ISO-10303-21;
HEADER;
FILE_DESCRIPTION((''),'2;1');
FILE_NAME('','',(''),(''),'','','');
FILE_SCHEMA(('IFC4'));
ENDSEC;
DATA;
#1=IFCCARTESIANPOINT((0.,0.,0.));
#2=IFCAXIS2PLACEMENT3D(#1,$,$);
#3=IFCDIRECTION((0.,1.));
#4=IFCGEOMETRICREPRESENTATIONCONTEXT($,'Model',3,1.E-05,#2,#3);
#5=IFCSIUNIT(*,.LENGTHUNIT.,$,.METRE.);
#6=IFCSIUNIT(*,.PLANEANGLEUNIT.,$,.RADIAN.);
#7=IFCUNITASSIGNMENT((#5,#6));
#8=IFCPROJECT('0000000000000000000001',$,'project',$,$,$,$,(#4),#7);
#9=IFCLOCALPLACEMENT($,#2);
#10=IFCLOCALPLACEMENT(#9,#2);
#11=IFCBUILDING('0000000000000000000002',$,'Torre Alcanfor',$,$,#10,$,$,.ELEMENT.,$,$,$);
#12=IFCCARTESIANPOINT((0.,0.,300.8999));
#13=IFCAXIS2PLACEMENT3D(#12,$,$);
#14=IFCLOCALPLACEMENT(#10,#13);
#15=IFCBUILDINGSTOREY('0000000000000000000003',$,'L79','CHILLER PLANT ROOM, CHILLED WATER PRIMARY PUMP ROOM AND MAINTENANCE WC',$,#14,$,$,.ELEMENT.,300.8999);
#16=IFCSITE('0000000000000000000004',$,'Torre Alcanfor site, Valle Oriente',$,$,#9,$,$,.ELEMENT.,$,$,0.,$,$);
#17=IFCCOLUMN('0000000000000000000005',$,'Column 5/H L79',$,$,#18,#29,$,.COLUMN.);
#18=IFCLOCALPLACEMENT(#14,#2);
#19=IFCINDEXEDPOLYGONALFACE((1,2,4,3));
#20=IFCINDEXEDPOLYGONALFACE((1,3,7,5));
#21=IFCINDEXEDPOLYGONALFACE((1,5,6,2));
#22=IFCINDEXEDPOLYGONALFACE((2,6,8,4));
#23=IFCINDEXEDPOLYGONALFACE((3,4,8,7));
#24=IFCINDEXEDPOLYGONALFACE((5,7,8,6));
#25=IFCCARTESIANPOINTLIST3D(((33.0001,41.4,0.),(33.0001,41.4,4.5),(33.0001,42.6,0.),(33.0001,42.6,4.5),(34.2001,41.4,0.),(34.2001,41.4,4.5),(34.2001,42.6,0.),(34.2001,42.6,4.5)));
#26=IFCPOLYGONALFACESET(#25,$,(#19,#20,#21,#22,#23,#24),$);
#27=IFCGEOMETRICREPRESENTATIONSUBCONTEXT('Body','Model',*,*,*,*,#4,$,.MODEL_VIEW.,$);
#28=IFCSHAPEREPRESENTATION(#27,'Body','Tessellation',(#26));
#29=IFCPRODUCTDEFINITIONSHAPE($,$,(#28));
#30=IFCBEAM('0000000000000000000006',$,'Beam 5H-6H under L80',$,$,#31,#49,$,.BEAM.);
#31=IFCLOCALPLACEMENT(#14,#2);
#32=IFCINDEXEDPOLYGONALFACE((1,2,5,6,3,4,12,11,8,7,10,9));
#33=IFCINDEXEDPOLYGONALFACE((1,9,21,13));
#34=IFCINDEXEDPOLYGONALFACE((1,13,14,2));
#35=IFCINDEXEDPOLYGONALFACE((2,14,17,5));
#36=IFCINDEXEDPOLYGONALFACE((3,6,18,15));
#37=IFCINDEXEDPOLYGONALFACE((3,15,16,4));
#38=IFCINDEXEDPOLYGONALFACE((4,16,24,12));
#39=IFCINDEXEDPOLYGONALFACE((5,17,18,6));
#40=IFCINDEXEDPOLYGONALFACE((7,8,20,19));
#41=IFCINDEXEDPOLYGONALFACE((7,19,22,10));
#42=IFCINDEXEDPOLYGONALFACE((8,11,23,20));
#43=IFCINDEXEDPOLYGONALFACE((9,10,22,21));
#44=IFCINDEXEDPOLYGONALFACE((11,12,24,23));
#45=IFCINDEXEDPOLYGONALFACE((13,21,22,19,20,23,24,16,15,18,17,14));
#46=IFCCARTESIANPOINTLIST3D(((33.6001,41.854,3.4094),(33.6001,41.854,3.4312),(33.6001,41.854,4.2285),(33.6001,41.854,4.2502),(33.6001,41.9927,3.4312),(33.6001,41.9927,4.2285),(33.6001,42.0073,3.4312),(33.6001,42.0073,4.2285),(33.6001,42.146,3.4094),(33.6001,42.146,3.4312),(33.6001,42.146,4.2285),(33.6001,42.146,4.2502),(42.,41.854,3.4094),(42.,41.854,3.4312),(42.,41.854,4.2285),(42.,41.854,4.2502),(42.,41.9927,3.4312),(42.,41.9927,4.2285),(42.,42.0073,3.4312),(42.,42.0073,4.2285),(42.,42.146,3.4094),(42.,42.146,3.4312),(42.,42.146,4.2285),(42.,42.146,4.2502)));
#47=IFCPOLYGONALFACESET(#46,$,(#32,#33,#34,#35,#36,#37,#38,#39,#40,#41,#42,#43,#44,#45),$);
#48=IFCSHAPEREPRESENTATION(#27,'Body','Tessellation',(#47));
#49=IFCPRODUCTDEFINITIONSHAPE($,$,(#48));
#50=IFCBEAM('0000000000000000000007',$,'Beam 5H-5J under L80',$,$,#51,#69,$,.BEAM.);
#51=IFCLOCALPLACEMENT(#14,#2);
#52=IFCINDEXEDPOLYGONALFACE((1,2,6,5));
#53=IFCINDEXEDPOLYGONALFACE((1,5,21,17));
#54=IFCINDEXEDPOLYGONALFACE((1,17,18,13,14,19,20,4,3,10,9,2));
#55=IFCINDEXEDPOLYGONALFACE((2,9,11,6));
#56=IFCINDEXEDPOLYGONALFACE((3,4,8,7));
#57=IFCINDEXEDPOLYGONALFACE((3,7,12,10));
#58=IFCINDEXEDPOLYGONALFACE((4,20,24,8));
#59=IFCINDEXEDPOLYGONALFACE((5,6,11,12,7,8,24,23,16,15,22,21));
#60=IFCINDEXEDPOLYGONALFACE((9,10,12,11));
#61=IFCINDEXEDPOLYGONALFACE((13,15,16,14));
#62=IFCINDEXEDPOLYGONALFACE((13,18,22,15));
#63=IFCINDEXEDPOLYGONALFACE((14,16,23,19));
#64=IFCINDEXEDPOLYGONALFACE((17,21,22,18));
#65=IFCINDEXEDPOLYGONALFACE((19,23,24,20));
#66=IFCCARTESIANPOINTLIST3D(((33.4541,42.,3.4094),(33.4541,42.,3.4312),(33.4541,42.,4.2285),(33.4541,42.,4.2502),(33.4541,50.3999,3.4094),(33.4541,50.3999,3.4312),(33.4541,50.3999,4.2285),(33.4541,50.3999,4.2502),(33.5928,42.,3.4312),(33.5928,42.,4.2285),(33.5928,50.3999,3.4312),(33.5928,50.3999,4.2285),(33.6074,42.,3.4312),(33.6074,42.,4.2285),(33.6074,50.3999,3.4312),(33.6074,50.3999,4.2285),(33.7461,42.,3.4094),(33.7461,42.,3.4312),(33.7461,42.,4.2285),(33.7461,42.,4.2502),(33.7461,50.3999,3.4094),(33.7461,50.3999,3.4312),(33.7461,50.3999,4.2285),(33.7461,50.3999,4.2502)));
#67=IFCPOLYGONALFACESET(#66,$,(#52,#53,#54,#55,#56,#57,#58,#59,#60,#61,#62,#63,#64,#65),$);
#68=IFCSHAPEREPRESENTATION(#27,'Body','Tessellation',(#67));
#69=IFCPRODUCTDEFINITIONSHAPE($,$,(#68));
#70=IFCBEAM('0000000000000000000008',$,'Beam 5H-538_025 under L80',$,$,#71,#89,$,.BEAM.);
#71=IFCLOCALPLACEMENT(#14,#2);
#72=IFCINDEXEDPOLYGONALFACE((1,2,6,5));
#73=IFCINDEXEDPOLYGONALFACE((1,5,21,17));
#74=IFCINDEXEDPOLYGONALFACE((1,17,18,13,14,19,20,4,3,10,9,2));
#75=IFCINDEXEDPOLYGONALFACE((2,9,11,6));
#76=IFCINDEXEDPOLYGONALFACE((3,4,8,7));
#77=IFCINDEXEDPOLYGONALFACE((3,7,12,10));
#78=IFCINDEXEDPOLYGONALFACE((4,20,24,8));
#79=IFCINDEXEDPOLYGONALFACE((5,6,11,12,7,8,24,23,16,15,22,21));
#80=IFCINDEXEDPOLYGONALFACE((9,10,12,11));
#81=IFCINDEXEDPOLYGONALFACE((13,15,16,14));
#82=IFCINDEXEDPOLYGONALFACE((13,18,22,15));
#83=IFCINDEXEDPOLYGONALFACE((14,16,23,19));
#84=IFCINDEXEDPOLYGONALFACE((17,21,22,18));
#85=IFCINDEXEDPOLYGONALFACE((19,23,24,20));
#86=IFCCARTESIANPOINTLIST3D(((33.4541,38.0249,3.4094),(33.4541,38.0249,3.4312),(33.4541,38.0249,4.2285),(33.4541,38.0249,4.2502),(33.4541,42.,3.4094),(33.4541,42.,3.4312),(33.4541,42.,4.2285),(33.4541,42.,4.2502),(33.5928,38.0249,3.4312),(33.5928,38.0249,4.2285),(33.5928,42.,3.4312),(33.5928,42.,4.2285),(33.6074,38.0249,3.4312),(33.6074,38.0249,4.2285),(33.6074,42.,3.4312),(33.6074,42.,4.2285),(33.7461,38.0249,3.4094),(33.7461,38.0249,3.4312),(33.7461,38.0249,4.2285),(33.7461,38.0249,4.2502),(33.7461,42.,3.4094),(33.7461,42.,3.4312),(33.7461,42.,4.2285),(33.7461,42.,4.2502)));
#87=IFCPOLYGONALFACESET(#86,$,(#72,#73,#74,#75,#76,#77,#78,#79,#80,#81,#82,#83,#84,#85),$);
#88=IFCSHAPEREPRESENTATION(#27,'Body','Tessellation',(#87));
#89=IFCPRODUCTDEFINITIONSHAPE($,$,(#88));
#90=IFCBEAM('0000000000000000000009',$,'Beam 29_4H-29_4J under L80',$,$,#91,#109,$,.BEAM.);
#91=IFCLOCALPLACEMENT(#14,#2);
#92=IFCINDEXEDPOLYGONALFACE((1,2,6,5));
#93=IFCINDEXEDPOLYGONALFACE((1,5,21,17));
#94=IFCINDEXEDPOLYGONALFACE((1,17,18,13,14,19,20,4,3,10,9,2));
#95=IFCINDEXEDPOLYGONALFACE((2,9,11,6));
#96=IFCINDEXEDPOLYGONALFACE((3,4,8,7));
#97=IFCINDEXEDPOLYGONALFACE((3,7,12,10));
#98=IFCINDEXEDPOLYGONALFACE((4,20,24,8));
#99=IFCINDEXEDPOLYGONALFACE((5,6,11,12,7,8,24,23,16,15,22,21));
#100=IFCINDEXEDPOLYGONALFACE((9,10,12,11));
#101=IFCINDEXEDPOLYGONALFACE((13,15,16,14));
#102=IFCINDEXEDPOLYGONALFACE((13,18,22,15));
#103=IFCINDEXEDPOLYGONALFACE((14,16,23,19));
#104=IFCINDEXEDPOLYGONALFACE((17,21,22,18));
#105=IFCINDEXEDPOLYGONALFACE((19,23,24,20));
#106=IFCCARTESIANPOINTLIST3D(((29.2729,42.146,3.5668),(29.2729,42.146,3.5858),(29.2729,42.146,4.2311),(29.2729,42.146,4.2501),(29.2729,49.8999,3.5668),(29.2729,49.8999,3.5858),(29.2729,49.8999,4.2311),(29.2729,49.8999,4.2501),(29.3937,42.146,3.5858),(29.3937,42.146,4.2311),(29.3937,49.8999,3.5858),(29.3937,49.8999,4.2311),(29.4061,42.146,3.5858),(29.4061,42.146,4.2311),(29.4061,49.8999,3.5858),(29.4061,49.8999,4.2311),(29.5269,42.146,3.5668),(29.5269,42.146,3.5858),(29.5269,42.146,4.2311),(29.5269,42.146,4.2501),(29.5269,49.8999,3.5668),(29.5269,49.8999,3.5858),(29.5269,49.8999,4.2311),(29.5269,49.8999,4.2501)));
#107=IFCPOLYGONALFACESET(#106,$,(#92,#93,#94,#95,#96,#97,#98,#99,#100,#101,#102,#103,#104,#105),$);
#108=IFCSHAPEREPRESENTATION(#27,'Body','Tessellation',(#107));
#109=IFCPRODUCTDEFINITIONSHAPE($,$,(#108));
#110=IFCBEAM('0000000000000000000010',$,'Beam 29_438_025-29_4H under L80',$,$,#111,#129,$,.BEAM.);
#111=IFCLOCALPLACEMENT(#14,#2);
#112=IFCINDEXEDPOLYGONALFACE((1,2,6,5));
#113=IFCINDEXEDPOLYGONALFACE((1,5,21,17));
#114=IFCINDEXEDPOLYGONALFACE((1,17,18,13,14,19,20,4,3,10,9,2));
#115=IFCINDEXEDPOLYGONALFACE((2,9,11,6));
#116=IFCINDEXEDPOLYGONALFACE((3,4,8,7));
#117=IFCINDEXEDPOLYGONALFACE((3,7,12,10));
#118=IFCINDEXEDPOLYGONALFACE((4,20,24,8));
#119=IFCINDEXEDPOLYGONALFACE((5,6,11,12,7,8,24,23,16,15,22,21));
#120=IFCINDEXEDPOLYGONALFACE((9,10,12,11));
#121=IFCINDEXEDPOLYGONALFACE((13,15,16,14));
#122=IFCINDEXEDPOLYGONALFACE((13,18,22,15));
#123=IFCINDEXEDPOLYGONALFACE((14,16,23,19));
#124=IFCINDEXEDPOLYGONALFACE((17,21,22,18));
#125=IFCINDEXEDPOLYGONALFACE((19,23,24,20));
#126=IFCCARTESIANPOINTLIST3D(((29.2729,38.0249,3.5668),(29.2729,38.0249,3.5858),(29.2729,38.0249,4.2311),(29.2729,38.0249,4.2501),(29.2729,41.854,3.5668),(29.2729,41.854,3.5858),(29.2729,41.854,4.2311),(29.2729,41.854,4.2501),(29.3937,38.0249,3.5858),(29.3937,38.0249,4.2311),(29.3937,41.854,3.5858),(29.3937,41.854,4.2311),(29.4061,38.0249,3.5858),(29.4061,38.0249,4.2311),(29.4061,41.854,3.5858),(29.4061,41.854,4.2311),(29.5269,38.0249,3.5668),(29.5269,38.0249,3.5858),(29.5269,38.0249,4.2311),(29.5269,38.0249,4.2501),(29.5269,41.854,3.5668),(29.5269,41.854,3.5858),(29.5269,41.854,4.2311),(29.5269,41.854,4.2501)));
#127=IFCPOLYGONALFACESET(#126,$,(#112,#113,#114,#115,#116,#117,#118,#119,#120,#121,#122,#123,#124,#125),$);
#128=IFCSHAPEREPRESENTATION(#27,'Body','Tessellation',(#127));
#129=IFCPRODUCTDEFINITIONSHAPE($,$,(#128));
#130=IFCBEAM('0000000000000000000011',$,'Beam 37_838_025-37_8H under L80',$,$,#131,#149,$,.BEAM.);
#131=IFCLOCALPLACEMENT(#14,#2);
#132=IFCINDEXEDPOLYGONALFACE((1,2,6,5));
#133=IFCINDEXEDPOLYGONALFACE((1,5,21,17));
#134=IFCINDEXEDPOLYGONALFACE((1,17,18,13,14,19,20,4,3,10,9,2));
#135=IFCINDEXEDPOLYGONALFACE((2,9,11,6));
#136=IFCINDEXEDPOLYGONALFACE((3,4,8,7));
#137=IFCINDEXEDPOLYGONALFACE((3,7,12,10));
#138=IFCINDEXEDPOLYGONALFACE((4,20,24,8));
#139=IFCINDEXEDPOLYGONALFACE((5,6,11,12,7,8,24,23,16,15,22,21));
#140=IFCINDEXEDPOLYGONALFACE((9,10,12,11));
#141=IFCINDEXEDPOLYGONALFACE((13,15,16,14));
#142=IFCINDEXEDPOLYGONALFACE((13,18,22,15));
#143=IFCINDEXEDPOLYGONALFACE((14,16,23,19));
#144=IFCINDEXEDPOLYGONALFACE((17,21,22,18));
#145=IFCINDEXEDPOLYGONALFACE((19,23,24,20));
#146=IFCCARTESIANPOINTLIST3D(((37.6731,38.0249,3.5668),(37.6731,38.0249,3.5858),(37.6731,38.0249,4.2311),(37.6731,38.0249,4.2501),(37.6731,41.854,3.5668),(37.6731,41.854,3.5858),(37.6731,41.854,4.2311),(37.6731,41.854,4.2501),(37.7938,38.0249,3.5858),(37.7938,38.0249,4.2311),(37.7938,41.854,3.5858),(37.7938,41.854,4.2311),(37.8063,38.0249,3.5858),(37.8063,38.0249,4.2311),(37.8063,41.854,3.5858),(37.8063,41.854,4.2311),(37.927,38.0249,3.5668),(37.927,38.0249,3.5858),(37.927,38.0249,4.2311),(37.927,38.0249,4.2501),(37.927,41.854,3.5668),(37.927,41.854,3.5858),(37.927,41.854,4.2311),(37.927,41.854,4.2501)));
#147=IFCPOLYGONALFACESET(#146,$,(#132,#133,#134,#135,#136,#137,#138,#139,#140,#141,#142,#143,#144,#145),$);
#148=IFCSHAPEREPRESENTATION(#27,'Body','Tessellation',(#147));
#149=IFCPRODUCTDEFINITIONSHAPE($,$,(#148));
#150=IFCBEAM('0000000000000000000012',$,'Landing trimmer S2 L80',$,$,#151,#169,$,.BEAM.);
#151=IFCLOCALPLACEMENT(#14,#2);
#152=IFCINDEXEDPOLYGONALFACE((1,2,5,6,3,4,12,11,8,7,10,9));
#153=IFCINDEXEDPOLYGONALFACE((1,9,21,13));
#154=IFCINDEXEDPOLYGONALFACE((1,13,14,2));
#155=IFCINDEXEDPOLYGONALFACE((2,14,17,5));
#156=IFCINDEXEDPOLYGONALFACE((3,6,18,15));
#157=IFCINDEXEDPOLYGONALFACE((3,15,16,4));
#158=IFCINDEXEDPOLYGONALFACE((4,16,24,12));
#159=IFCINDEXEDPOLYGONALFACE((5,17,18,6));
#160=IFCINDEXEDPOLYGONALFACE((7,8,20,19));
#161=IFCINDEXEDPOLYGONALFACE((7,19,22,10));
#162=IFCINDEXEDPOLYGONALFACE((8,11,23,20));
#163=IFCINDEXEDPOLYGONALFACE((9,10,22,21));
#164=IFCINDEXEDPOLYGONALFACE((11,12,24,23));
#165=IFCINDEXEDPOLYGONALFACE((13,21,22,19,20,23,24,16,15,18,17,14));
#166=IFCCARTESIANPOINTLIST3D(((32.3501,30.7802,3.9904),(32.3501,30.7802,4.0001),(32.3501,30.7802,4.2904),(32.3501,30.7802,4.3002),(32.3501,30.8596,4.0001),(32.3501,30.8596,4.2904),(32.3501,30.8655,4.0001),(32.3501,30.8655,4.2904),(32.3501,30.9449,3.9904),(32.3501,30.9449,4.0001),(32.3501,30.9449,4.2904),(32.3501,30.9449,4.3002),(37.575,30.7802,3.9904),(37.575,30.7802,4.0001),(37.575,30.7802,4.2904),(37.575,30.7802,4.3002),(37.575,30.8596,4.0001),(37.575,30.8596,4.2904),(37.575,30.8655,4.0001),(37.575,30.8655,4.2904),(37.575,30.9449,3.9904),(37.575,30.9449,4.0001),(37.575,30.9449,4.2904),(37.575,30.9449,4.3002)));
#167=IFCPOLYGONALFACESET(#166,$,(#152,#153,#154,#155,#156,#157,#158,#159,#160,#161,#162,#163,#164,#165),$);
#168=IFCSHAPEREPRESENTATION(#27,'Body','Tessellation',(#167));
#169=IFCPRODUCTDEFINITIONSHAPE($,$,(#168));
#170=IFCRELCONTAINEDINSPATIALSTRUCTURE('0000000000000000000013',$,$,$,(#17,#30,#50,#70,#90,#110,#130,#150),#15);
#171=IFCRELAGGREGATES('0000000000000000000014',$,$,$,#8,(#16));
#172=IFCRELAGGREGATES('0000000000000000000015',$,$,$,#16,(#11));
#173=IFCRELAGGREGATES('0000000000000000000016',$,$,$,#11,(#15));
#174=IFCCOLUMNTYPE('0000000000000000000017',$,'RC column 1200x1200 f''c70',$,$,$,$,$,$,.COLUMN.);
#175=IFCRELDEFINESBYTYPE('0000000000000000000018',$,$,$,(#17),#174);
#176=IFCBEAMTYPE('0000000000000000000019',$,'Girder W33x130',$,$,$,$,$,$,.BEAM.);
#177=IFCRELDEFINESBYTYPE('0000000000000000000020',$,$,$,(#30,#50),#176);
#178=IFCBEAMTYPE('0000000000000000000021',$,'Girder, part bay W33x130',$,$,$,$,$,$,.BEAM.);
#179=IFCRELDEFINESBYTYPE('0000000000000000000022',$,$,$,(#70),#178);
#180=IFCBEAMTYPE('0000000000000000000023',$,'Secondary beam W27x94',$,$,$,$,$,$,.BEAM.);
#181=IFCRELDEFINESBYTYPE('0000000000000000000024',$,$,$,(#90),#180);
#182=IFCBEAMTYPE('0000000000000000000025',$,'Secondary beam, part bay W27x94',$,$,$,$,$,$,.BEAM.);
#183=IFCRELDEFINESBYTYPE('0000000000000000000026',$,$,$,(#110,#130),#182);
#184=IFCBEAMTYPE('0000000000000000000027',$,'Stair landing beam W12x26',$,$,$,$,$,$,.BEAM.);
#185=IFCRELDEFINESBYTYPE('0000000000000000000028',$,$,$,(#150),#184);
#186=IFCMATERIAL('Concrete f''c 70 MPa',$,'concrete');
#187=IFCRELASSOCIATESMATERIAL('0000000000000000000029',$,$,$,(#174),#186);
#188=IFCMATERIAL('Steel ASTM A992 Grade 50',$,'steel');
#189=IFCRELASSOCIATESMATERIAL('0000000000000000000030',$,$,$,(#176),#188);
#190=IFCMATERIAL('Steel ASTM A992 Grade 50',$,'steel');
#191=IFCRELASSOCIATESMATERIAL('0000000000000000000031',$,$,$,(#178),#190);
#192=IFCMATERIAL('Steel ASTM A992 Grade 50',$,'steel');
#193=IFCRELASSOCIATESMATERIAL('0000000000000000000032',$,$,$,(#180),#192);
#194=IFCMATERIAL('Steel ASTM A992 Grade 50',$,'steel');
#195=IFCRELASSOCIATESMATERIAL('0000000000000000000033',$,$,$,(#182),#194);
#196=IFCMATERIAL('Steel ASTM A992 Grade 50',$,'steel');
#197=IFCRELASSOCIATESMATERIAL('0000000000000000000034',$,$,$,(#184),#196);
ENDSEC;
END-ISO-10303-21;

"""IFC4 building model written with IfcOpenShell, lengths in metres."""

from ifc_helpers import new_model, si_unit, direction, frame, origin, origin_2d, place, context, subcontext, project, spatial, rectangle, i_section, extrude, material, material_profile, profile_set, type_object, element, save


model = new_model("IFC4")

# Units and contexts
model_context = context("Model", 3, precision=1e-05, world=origin(), true_north=direction((0.0, 1.0)))
body_context = subcontext(model_context, "Body", "Model", "MODEL_VIEW")
ifc_project = project(units=[si_unit("LENGTHUNIT", "METRE"), si_unit("PLANEANGLEUNIT", "RADIAN")], contexts=[model_context])

# Site, building, storey
site_placement = place(None, origin())
site = spatial("IfcSite", under=ifc_project, at=site_placement, Name="Torre Alcanfor site, Valle Oriente", CompositionType="ELEMENT", RefElevation=0.0)
building_placement = place(site_placement, origin())
building = spatial("IfcBuilding", under=site, at=building_placement, Name="Torre Alcanfor", CompositionType="ELEMENT")
storey_placement = place(building_placement, frame((0.0, 0.0, 300.8999)))
storey = spatial("IfcBuildingStorey", under=building, at=storey_placement, Name="L79", Description="CHILLER PLANT ROOM, CHILLED WATER PRIMARY PUMP ROOM AND MAINTENANCE WC", CompositionType="ELEMENT", Elevation=300.8999)

# Column
ifc_material_1 = material(Name="Concrete f'c 70 MPa", Category="concrete")
ifc_material_profile_1 = material_profile(ifc_material_1, rectangle(XDim=1.2, YDim=1.2, at=origin_2d()), Name="1200x1200")
ifc_profile_set_1 = profile_set([ifc_material_profile_1], Name="Concrete f'c 70 MPa")
column_type = type_object("IfcColumnType", Name="RC column 1200x1200 f'c70", PredefinedType="COLUMN", material=ifc_profile_set_1)
column_placement = place(storey_placement, frame((33.6001, 42.0, 0.0), z_axis=(0.0, 0.0, 1.0), x_axis=(1.0, 0.0, 0.0)))
element("IfcColumn", 1, at=column_placement, inside=storey, type_object=column_type, Name="Column 5/H L79", PredefinedType="COLUMN", context=body_context, shape_type="SweptSolid", body=[
    extrude(rectangle(XDim=1.2, YDim=1.2, at=origin_2d()), origin(), (0.0, 0.0, 1.0), 4.5),
])

# Beams
ifc_material_2 = material(Name="Steel ASTM A992 Grade 50", Category="steel")
ifc_material_profile_2 = material_profile(ifc_material_2, i_section(OverallWidth=0.292, OverallDepth=0.8408, WebThickness=0.0146, FlangeThickness=0.0217, at=origin_2d()), Name="W33x130")
ifc_profile_set_2 = profile_set([ifc_material_profile_2], Name="Steel ASTM A992 Grade 50")
beam_type_1 = type_object("IfcBeamType", Name="Girder W33x130", PredefinedType="BEAM", material=ifc_profile_set_2)
for number, where, z_axis, x_axis, name in (
    (2, (33.6001, 42.0, 3.8298), (1.0, 0.0, 0.0), (0.0, 1.0, 0.0), "Beam 5H-6H under L80"),
    (3, (33.6001, 42.0, 3.8298), (0.0, 1.0, 0.0), (-1.0, 0.0, 0.0), "Beam 5H-5J under L80"),
):
    element("IfcBeam", number, at=place(storey_placement, frame(where, z_axis=z_axis, x_axis=x_axis)), inside=storey, type_object=beam_type_1, Name=name, PredefinedType="BEAM", context=body_context, shape_type="SweptSolid", body=[
        extrude(i_section(OverallWidth=0.292, OverallDepth=0.8408, WebThickness=0.0146, FlangeThickness=0.0217, at=origin_2d()), origin(), (0.0, 0.0, 1.0), 8.3999),
    ])
ifc_material_3 = material(Name="Steel ASTM A992 Grade 50", Category="steel")
ifc_material_profile_3 = material_profile(ifc_material_3, i_section(OverallWidth=0.292, OverallDepth=0.8408, WebThickness=0.0146, FlangeThickness=0.0217, at=origin_2d()), Name="W33x130")
ifc_profile_set_3 = profile_set([ifc_material_profile_3], Name="Steel ASTM A992 Grade 50")
beam_type_2 = type_object("IfcBeamType", Name="Girder, part bay W33x130", PredefinedType="BEAM", material=ifc_profile_set_3)
beam_1_placement = place(storey_placement, frame((33.6001, 42.0, 3.8298), z_axis=(0.0, -1.0, 0.0), x_axis=(1.0, 0.0, 0.0)))
element("IfcBeam", 4, at=beam_1_placement, inside=storey, type_object=beam_type_2, Name="Beam 5H-538_025 under L80", PredefinedType="BEAM", context=body_context, shape_type="SweptSolid", body=[
    extrude(i_section(OverallWidth=0.292, OverallDepth=0.8408, WebThickness=0.0146, FlangeThickness=0.0217, at=origin_2d()), origin(), (0.0, 0.0, 1.0), 3.9751),
])
ifc_material_4 = material(Name="Steel ASTM A992 Grade 50", Category="steel")
ifc_material_profile_4 = material_profile(ifc_material_4, i_section(OverallWidth=0.2539, OverallDepth=0.6833, WebThickness=0.0125, FlangeThickness=0.019, at=origin_2d()), Name="W27x94")
ifc_profile_set_4 = profile_set([ifc_material_profile_4], Name="Steel ASTM A992 Grade 50")
beam_type_3 = type_object("IfcBeamType", Name="Secondary beam W27x94", PredefinedType="BEAM", material=ifc_profile_set_4)
beam_2_placement = place(storey_placement, frame((29.3999, 42.146, 3.9084), z_axis=(0.0, 1.0, 0.0), x_axis=(-1.0, 0.0, 0.0)))
element("IfcBeam", 5, at=beam_2_placement, inside=storey, type_object=beam_type_3, Name="Beam 29_4H-29_4J under L80", PredefinedType="BEAM", context=body_context, shape_type="SweptSolid", body=[
    extrude(i_section(OverallWidth=0.2539, OverallDepth=0.6833, WebThickness=0.0125, FlangeThickness=0.019, at=origin_2d()), origin(), (0.0, 0.0, 1.0), 7.7539),
])
ifc_material_5 = material(Name="Steel ASTM A992 Grade 50", Category="steel")
ifc_material_profile_5 = material_profile(ifc_material_5, i_section(OverallWidth=0.2539, OverallDepth=0.6833, WebThickness=0.0125, FlangeThickness=0.019, at=origin_2d()), Name="W27x94")
ifc_profile_set_5 = profile_set([ifc_material_profile_5], Name="Steel ASTM A992 Grade 50")
beam_type_4 = type_object("IfcBeamType", Name="Secondary beam, part bay W27x94", PredefinedType="BEAM", material=ifc_profile_set_5)
for number, where, z_axis, x_axis, name in (
    (6, (29.3999, 38.0249, 3.9084), (0.0, 1.0, 0.0), (-1.0, 0.0, 0.0), "Beam 29_438_025-29_4H under L80"),
    (7, (37.8, 38.0249, 3.9084), (0.0, 1.0, 0.0), (-1.0, 0.0, 0.0), "Beam 37_838_025-37_8H under L80"),
):
    element("IfcBeam", number, at=place(storey_placement, frame(where, z_axis=z_axis, x_axis=x_axis)), inside=storey, type_object=beam_type_4, Name=name, PredefinedType="BEAM", context=body_context, shape_type="SweptSolid", body=[
        extrude(i_section(OverallWidth=0.2539, OverallDepth=0.6833, WebThickness=0.0125, FlangeThickness=0.019, at=origin_2d()), origin(), (0.0, 0.0, 1.0), 3.8291),
    ])
ifc_material_6 = material(Name="Steel ASTM A992 Grade 50", Category="steel")
ifc_material_profile_6 = material_profile(ifc_material_6, i_section(OverallWidth=0.1648, OverallDepth=0.3098, WebThickness=0.0059, FlangeThickness=0.0098, at=origin_2d()), Name="W12x26")
ifc_profile_set_6 = profile_set([ifc_material_profile_6], Name="Steel ASTM A992 Grade 50")
beam_type_5 = type_object("IfcBeamType", Name="Stair landing beam W12x26", PredefinedType="BEAM", material=ifc_profile_set_6)
beam_3_placement = place(storey_placement, frame((32.3501, 30.8625, 4.1453), z_axis=(1.0, 0.0, 0.0), x_axis=(0.0, 1.0, 0.0)))
element("IfcBeam", 8, at=beam_3_placement, inside=storey, type_object=beam_type_5, Name="Landing trimmer S2 L80", PredefinedType="BEAM", context=body_context, shape_type="SweptSolid", body=[
    extrude(i_section(OverallWidth=0.1648, OverallDepth=0.3098, WebThickness=0.0059, FlangeThickness=0.0098, at=origin_2d()), origin(), (0.0, 0.0, 1.0), 5.2249),
])

save(model, "model.ifc")
